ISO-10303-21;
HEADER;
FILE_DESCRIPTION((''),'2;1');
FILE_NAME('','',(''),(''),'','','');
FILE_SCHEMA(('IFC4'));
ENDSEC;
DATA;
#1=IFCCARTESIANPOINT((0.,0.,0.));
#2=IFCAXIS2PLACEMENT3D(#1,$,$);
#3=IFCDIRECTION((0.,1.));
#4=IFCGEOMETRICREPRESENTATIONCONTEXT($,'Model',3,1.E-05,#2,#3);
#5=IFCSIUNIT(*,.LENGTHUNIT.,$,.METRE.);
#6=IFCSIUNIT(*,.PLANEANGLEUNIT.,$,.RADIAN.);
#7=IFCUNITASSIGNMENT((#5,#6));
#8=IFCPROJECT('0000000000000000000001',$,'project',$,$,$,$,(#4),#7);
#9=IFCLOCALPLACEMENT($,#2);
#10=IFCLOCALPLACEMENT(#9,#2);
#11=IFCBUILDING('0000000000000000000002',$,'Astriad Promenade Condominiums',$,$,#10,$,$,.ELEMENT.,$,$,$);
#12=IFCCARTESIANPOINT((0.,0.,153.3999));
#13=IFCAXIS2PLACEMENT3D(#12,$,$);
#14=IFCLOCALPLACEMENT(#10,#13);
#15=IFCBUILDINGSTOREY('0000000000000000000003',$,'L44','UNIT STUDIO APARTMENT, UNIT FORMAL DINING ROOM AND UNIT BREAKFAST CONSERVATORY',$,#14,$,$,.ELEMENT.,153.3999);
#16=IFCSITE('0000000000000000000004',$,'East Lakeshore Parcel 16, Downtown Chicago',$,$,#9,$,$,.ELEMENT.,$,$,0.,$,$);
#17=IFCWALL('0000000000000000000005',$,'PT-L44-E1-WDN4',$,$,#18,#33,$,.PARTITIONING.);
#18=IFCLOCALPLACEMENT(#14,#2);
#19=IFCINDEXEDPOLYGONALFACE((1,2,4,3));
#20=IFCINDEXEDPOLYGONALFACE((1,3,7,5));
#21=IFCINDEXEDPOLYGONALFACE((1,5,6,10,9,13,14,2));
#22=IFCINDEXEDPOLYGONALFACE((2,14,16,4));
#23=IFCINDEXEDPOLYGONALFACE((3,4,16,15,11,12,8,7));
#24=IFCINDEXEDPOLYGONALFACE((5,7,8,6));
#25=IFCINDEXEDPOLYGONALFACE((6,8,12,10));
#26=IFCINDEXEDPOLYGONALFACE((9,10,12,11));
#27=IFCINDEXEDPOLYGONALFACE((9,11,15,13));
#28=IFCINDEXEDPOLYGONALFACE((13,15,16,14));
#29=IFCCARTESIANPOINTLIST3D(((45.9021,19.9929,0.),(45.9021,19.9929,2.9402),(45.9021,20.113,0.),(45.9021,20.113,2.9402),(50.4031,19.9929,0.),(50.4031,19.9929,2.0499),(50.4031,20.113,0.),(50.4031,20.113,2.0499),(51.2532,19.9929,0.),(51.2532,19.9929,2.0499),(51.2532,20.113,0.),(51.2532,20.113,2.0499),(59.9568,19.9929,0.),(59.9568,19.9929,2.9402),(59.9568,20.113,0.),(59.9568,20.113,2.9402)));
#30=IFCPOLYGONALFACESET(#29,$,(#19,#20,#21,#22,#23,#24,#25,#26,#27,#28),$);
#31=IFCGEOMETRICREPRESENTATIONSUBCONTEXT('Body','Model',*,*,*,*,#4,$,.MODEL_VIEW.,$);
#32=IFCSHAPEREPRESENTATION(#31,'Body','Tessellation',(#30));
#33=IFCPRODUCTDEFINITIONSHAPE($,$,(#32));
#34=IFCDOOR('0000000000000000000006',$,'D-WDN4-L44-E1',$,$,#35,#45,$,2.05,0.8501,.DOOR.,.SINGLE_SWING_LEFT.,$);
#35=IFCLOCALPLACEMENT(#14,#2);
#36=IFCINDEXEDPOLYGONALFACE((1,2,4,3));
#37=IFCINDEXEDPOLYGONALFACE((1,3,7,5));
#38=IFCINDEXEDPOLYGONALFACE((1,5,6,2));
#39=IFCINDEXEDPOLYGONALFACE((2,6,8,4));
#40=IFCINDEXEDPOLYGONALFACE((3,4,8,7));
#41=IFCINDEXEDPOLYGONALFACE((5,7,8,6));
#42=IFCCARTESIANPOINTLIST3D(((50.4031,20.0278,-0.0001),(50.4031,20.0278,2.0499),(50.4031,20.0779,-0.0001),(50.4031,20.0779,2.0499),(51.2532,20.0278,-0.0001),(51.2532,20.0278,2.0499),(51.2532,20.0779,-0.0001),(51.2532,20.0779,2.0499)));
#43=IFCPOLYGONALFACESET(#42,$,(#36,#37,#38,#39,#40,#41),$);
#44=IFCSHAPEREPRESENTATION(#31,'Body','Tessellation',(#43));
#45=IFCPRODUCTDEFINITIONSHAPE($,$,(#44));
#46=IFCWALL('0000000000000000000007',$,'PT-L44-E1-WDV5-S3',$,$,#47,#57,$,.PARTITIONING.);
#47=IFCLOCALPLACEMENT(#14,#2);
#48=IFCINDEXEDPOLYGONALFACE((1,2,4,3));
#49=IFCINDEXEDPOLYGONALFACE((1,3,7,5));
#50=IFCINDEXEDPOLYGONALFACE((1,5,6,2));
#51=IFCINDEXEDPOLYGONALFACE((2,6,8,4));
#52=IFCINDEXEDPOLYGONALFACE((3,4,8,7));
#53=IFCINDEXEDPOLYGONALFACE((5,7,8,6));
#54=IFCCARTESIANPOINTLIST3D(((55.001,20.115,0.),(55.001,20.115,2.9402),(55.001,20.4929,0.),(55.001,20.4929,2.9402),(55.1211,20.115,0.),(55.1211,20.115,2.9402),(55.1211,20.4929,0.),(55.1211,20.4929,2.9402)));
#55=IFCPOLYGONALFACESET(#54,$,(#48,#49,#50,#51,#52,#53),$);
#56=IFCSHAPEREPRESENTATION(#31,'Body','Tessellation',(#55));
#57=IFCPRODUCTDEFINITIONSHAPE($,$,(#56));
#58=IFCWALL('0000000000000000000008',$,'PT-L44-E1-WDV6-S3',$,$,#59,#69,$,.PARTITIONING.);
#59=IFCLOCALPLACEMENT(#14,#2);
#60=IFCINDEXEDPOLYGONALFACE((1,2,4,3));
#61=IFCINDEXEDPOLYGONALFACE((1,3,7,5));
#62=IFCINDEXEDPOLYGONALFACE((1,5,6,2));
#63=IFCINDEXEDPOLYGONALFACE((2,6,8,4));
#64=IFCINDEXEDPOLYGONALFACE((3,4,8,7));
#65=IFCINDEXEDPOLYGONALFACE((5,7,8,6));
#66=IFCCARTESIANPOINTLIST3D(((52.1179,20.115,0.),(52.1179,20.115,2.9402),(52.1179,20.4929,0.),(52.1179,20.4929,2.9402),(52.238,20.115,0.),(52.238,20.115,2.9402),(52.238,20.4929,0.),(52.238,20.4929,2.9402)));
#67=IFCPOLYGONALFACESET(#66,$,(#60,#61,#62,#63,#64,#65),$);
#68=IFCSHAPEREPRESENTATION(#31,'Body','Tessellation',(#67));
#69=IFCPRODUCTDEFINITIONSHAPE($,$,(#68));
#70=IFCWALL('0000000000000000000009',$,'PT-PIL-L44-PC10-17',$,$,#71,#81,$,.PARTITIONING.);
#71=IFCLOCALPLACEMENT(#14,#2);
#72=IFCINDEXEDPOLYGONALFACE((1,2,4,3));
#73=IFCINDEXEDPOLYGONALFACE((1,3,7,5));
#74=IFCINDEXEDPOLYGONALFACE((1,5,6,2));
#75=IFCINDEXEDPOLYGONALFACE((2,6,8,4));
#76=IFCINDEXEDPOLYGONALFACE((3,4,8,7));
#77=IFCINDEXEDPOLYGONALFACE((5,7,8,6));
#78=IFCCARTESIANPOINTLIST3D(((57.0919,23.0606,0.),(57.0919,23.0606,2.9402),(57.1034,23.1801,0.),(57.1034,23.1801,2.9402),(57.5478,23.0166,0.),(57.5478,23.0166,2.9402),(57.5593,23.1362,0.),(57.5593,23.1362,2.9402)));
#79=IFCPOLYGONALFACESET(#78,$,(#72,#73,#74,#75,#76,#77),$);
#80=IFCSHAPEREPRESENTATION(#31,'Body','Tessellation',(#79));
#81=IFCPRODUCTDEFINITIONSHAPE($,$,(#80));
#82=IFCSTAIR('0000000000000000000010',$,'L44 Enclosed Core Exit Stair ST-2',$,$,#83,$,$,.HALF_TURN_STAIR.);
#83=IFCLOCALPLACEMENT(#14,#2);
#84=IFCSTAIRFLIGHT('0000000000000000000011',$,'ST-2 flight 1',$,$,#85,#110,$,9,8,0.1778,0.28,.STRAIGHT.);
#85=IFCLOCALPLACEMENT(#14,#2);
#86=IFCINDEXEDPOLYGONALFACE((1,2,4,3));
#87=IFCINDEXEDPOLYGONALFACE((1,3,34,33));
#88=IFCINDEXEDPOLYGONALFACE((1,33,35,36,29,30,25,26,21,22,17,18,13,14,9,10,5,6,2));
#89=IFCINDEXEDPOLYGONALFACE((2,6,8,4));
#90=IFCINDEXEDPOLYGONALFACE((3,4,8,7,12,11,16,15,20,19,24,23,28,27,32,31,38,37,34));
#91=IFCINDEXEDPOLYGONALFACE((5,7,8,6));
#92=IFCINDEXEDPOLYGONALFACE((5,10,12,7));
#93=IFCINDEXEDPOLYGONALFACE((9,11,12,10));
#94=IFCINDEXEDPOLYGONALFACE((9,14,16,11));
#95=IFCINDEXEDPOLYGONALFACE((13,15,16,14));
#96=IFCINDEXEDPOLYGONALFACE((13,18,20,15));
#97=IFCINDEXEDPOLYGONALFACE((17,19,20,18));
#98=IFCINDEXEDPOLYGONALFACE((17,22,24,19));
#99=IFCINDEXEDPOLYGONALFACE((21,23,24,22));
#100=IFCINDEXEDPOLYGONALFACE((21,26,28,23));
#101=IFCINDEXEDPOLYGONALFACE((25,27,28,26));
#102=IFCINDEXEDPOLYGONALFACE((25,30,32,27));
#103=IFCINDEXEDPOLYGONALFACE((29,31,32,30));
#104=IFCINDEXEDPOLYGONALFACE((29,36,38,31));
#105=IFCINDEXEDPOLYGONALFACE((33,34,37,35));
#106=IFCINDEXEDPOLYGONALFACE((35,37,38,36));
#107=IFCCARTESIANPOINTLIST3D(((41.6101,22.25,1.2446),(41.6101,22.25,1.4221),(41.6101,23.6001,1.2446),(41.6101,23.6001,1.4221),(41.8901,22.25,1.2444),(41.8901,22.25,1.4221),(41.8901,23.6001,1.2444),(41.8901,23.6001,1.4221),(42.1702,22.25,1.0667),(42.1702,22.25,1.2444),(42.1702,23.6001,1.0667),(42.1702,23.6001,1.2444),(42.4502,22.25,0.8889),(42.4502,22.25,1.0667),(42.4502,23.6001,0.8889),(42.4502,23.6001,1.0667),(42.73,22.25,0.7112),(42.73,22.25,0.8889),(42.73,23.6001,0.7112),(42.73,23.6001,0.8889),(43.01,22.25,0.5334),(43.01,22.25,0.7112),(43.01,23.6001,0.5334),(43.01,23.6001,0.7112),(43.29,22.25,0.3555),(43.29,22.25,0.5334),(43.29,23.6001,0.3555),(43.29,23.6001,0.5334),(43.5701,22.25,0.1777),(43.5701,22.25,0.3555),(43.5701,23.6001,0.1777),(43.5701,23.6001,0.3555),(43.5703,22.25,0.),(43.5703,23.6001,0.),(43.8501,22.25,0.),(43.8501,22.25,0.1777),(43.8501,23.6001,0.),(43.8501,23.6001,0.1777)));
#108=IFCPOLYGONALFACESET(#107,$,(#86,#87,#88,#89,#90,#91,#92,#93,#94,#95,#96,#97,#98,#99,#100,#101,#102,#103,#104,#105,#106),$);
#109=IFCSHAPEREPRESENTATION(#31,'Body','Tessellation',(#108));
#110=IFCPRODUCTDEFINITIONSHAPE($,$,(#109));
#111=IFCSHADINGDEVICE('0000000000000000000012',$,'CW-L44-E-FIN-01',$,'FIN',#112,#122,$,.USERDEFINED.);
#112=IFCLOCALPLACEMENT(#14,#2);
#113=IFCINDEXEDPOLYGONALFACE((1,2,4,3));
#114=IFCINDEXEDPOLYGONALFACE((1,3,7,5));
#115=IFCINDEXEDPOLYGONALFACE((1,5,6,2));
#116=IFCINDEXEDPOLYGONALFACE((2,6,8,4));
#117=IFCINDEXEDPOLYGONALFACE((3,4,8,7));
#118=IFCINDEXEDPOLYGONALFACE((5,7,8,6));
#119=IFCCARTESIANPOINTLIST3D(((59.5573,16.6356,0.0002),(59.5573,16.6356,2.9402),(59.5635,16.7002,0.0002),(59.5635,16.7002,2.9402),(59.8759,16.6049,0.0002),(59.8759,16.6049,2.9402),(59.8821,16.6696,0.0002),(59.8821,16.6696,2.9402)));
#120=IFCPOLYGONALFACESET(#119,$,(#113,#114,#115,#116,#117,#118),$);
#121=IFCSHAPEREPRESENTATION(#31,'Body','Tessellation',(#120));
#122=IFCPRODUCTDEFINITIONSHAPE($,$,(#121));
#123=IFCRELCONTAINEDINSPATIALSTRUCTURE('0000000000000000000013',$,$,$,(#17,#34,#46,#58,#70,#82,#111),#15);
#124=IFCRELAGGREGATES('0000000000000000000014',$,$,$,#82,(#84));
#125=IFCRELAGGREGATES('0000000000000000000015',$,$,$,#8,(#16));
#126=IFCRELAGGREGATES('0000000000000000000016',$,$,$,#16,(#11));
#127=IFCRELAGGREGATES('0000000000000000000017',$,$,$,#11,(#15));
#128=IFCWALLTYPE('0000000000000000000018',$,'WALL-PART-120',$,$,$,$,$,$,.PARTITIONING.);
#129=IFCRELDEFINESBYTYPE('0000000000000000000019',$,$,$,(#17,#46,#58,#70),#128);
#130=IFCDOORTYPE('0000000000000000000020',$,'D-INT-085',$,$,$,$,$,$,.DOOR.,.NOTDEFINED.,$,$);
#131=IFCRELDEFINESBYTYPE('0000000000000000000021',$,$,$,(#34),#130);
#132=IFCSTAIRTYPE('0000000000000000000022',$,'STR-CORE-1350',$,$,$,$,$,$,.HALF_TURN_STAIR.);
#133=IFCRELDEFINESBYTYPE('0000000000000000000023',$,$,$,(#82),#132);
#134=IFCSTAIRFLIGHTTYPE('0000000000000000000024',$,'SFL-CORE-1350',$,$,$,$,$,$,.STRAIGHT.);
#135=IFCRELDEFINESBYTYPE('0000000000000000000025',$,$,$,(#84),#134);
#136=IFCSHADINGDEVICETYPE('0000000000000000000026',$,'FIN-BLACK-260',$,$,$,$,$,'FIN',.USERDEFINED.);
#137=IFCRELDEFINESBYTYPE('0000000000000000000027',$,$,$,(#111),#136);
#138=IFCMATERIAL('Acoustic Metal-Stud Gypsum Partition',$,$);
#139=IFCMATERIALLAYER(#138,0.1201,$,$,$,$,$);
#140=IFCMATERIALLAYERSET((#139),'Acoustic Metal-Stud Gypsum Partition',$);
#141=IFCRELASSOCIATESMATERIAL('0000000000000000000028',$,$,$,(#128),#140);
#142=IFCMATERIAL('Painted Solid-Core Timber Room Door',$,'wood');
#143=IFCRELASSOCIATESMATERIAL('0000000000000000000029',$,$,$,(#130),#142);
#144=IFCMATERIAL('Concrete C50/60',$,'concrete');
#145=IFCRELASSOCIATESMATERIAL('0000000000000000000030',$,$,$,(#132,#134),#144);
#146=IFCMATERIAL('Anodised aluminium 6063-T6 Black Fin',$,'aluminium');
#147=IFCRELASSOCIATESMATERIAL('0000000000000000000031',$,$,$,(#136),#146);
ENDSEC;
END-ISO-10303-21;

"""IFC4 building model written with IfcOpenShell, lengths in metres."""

from ifc_helpers import new_model, si_unit, direction, frame, frame_2d, origin, origin_2d, place, context, subcontext, project, spatial, polyline, rectangle, outline, extrude, source, transform, mapped, material, layer, layer_set, type_object, type_shapes, element, fill, aggregate, save


model = new_model("IFC4")

# Units and contexts
model_context = context("Model", 3, precision=1e-05, world=origin(), true_north=direction((0.0, 1.0)))
body_context = subcontext(model_context, "Body", "Model", "MODEL_VIEW")
ifc_project = project(units=[si_unit("LENGTHUNIT", "METRE"), si_unit("PLANEANGLEUNIT", "RADIAN")], contexts=[model_context])

# Site, building, storey
site_placement = place(None, origin())
site = spatial("IfcSite", under=ifc_project, at=site_placement, Name="East Lakeshore Parcel 16, Downtown Chicago", CompositionType="ELEMENT", RefElevation=0.0)
building_placement = place(site_placement, origin())
building = spatial("IfcBuilding", under=site, at=building_placement, Name="Astriad Promenade Condominiums", CompositionType="ELEMENT")
storey_placement = place(building_placement, frame((0.0, 0.0, 153.3999)))
storey = spatial("IfcBuildingStorey", under=building, at=storey_placement, Name="L44", Description="UNIT STUDIO APARTMENT, UNIT FORMAL DINING ROOM AND UNIT BREAKFAST CONSERVATORY", CompositionType="ELEMENT", Elevation=153.3999)

# Shared definitions
ifc_material_1 = material(Name="Acoustic Metal-Stud Gypsum Partition")
ifc_layer_1 = layer(ifc_material_1, 0.1201)
ifc_layer_set_1 = layer_set([ifc_layer_1], Name="Acoustic Metal-Stud Gypsum Partition")
wall_type_1 = type_object("IfcWallType", Name="WALL-PART-120", PredefinedType="PARTITIONING", material=ifc_layer_set_1)

# Wall, opening, door
ifc_material_2 = material(Name="Painted Solid-Core Timber Room Door", Category="wood")
door_type = type_object("IfcDoorType", Name="D-INT-085", OperationType="NOTDEFINED", PredefinedType="DOOR", material=ifc_material_2)
shared_shape_1 = source(origin(), body_context, "Body", "SweptSolid", [
    extrude(rectangle(XDim=0.8501, YDim=2.05, at=frame_2d((0.425, 1.0249))), frame((0.0, 0.0249, 0.0), z_axis=(0.0, -1.0, 0.0), x_axis=(1.0, 0.0, 0.0)), (0.0, 0.0, 1.0), 0.05),
])
type_shapes(door_type, [shared_shape_1])
wall_1_placement = place(storey_placement, frame((45.9021, 20.053, 0.0), z_axis=(0.0, 0.0, 1.0), x_axis=(1.0, 0.0, 0.0)))
wall_1 = element("IfcWall", 1, at=wall_1_placement, inside=storey, type_object=wall_type_1, Name="PT-L44-E1-WDN4", PredefinedType="PARTITIONING", context=body_context, shape_type="SweptSolid", body=[
    extrude(rectangle(XDim=14.0547, YDim=0.1201, at=frame_2d((7.0273, 0.0))), origin(), (0.0, 0.0, 1.0), 2.9402),
])
opening_1_placement = place(wall_1_placement, frame((4.501, 0.0, 0.0)))
opening_1 = element("IfcOpeningElement", 2, at=opening_1_placement, cuts=wall_1, PredefinedType="OPENING", context=body_context, shape_type="SweptSolid", body=[
    extrude(rectangle(XDim=0.8501, YDim=2.05, at=frame_2d((0.425, 1.0249))), frame((0.0, 0.0701, 0.0), z_axis=(0.0, -1.0, 0.0), x_axis=(1.0, 0.0, 0.0)), (0.0, 0.0, 1.0), 0.1401),
])
door_1_placement = place(opening_1_placement, origin())
door_1 = element("IfcDoor", 3, at=door_1_placement, inside=storey, type_object=door_type, Name="D-WDN4-L44-E1", OperationType="SINGLE_SWING_LEFT", OverallHeight=2.05, OverallWidth=0.8501, PredefinedType="DOOR", context=body_context, shape_type="MappedRepresentation", body=[
    mapped(shared_shape_1, transform((0.0, 0.0, 0.0), scale=1.0)),
])
fill(opening_1, door_1)

# Walls
for number, where, z_axis, x_axis, name in (
    (4, (55.061, 20.115, 0.0), (0.0, 0.0, 1.0), (0.0, 1.0, 0.0), "PT-L44-E1-WDV5-S3"),
    (5, (52.178, 20.115, 0.0), (0.0, 0.0, 1.0), (0.0, 1.0, 0.0), "PT-L44-E1-WDV6-S3"),
):
    element("IfcWall", number, at=place(storey_placement, frame(where, z_axis=z_axis, x_axis=x_axis)), inside=storey, type_object=wall_type_1, Name=name, PredefinedType="PARTITIONING", context=body_context, shape_type="SweptSolid", body=[
        extrude(rectangle(XDim=0.3779, YDim=0.1201, at=frame_2d((0.189, 0.0))), origin(), (0.0, 0.0, 1.0), 2.9402),
    ])
wall_2_placement = place(storey_placement, frame((57.0977, 23.1204, 0.0), z_axis=(0.0, 0.0, 1.0), x_axis=(0.995385, -0.095966, 0.0)))
element("IfcWall", 6, at=wall_2_placement, inside=storey, type_object=wall_type_1, Name="PT-PIL-L44-PC10-17", PredefinedType="PARTITIONING", context=body_context, shape_type="SweptSolid", body=[
    extrude(rectangle(XDim=0.458, YDim=0.1201, at=frame_2d((0.229, 0.0))), origin(), (0.0, 0.0, 1.0), 2.9402),
])

# Stair, stair flight
ifc_material_3 = material(Name="Concrete C50/60", Category="concrete")
stair_type = type_object("IfcStairType", Name="STR-CORE-1350", PredefinedType="HALF_TURN_STAIR", material=ifc_material_3)
stair_placement = place(storey_placement, origin())
stair = element("IfcStair", 7, at=stair_placement, inside=storey, type_object=stair_type, Name="L44 Enclosed Core Exit Stair ST-2", PredefinedType="HALF_TURN_STAIR")
stair_flight_type = type_object("IfcStairFlightType", Name="SFL-CORE-1350", PredefinedType="STRAIGHT", material=ifc_material_3)
shared_shape_2 = source(origin(), body_context, "Body", "SweptSolid", [
    extrude(outline(polyline([(0.0, 0.0), (0.0, 0.1777), (0.28, 0.1777), (0.28, 0.3555), (0.5601, 0.3555), (0.5601, 0.5334), (0.8401, 0.5334), (0.8401, 0.7112), (1.1201, 0.7112), (1.1201, 0.8889), (1.3999, 0.8889), (1.3999, 1.0667), (1.6799, 1.0667), (1.6799, 1.2444), (1.96, 1.2444), (1.96, 1.4221), (2.24, 1.4221), (2.24, 1.6001), (2.24, 1.2446), (0.2798, 0.0), (0.0, 0.0)])), frame((0.0, 0.675, 0.0), z_axis=(0.0, -1.0, 0.0), x_axis=(1.0, 0.0, 0.0)), (0.0, 0.0, 1.0), 1.3501),
])
type_shapes(stair_flight_type, [shared_shape_2])
stair_flight_placement = place(storey_placement, frame((43.8501, 22.925, 0.0), z_axis=(0.0, 0.0, 1.0), x_axis=(-1.0, 0.0, 0.0)))
stair_flight = element("IfcStairFlight", 8, at=stair_flight_placement, type_object=stair_flight_type, Name="ST-2 flight 1", NumberOfRisers=9, NumberOfTreads=8, PredefinedType="STRAIGHT", RiserHeight=0.1778, TreadLength=0.28, context=body_context, shape_type="MappedRepresentation", body=[
    mapped(shared_shape_2, transform((0.0, 0.0, 0.0), scale=1.0)),
])
aggregate(stair, [stair_flight])

# Shading device
ifc_material_4 = material(Name="Anodised aluminium 6063-T6 Black Fin", Category="aluminium")
shading_device_type = type_object("IfcShadingDeviceType", Name="FIN-BLACK-260", ElementType="FIN", PredefinedType="USERDEFINED", material=ifc_material_4)
shared_shape_3 = source(origin(), body_context, "Body", "SweptSolid", [
    extrude(rectangle(XDim=0.0649, YDim=0.3201, at=origin_2d()), origin(), (0.0, 0.0, 1.0), 2.9399),
])
type_shapes(shading_device_type, [shared_shape_3])
shading_device_placement = place(storey_placement, frame((59.7197, 16.6526, 0.0002), z_axis=(0.0, 0.0, 1.0), x_axis=(-0.095846, -0.995396, 0.0)))
element("IfcShadingDevice", 9, at=shading_device_placement, inside=storey, type_object=shading_device_type, Name="CW-L44-E-FIN-01", ObjectType="FIN", PredefinedType="USERDEFINED", context=body_context, shape_type="MappedRepresentation", body=[
    mapped(shared_shape_3, transform((0.0, 0.0, 0.0), scale=1.0)),
])

save(model, "model.ifc")
